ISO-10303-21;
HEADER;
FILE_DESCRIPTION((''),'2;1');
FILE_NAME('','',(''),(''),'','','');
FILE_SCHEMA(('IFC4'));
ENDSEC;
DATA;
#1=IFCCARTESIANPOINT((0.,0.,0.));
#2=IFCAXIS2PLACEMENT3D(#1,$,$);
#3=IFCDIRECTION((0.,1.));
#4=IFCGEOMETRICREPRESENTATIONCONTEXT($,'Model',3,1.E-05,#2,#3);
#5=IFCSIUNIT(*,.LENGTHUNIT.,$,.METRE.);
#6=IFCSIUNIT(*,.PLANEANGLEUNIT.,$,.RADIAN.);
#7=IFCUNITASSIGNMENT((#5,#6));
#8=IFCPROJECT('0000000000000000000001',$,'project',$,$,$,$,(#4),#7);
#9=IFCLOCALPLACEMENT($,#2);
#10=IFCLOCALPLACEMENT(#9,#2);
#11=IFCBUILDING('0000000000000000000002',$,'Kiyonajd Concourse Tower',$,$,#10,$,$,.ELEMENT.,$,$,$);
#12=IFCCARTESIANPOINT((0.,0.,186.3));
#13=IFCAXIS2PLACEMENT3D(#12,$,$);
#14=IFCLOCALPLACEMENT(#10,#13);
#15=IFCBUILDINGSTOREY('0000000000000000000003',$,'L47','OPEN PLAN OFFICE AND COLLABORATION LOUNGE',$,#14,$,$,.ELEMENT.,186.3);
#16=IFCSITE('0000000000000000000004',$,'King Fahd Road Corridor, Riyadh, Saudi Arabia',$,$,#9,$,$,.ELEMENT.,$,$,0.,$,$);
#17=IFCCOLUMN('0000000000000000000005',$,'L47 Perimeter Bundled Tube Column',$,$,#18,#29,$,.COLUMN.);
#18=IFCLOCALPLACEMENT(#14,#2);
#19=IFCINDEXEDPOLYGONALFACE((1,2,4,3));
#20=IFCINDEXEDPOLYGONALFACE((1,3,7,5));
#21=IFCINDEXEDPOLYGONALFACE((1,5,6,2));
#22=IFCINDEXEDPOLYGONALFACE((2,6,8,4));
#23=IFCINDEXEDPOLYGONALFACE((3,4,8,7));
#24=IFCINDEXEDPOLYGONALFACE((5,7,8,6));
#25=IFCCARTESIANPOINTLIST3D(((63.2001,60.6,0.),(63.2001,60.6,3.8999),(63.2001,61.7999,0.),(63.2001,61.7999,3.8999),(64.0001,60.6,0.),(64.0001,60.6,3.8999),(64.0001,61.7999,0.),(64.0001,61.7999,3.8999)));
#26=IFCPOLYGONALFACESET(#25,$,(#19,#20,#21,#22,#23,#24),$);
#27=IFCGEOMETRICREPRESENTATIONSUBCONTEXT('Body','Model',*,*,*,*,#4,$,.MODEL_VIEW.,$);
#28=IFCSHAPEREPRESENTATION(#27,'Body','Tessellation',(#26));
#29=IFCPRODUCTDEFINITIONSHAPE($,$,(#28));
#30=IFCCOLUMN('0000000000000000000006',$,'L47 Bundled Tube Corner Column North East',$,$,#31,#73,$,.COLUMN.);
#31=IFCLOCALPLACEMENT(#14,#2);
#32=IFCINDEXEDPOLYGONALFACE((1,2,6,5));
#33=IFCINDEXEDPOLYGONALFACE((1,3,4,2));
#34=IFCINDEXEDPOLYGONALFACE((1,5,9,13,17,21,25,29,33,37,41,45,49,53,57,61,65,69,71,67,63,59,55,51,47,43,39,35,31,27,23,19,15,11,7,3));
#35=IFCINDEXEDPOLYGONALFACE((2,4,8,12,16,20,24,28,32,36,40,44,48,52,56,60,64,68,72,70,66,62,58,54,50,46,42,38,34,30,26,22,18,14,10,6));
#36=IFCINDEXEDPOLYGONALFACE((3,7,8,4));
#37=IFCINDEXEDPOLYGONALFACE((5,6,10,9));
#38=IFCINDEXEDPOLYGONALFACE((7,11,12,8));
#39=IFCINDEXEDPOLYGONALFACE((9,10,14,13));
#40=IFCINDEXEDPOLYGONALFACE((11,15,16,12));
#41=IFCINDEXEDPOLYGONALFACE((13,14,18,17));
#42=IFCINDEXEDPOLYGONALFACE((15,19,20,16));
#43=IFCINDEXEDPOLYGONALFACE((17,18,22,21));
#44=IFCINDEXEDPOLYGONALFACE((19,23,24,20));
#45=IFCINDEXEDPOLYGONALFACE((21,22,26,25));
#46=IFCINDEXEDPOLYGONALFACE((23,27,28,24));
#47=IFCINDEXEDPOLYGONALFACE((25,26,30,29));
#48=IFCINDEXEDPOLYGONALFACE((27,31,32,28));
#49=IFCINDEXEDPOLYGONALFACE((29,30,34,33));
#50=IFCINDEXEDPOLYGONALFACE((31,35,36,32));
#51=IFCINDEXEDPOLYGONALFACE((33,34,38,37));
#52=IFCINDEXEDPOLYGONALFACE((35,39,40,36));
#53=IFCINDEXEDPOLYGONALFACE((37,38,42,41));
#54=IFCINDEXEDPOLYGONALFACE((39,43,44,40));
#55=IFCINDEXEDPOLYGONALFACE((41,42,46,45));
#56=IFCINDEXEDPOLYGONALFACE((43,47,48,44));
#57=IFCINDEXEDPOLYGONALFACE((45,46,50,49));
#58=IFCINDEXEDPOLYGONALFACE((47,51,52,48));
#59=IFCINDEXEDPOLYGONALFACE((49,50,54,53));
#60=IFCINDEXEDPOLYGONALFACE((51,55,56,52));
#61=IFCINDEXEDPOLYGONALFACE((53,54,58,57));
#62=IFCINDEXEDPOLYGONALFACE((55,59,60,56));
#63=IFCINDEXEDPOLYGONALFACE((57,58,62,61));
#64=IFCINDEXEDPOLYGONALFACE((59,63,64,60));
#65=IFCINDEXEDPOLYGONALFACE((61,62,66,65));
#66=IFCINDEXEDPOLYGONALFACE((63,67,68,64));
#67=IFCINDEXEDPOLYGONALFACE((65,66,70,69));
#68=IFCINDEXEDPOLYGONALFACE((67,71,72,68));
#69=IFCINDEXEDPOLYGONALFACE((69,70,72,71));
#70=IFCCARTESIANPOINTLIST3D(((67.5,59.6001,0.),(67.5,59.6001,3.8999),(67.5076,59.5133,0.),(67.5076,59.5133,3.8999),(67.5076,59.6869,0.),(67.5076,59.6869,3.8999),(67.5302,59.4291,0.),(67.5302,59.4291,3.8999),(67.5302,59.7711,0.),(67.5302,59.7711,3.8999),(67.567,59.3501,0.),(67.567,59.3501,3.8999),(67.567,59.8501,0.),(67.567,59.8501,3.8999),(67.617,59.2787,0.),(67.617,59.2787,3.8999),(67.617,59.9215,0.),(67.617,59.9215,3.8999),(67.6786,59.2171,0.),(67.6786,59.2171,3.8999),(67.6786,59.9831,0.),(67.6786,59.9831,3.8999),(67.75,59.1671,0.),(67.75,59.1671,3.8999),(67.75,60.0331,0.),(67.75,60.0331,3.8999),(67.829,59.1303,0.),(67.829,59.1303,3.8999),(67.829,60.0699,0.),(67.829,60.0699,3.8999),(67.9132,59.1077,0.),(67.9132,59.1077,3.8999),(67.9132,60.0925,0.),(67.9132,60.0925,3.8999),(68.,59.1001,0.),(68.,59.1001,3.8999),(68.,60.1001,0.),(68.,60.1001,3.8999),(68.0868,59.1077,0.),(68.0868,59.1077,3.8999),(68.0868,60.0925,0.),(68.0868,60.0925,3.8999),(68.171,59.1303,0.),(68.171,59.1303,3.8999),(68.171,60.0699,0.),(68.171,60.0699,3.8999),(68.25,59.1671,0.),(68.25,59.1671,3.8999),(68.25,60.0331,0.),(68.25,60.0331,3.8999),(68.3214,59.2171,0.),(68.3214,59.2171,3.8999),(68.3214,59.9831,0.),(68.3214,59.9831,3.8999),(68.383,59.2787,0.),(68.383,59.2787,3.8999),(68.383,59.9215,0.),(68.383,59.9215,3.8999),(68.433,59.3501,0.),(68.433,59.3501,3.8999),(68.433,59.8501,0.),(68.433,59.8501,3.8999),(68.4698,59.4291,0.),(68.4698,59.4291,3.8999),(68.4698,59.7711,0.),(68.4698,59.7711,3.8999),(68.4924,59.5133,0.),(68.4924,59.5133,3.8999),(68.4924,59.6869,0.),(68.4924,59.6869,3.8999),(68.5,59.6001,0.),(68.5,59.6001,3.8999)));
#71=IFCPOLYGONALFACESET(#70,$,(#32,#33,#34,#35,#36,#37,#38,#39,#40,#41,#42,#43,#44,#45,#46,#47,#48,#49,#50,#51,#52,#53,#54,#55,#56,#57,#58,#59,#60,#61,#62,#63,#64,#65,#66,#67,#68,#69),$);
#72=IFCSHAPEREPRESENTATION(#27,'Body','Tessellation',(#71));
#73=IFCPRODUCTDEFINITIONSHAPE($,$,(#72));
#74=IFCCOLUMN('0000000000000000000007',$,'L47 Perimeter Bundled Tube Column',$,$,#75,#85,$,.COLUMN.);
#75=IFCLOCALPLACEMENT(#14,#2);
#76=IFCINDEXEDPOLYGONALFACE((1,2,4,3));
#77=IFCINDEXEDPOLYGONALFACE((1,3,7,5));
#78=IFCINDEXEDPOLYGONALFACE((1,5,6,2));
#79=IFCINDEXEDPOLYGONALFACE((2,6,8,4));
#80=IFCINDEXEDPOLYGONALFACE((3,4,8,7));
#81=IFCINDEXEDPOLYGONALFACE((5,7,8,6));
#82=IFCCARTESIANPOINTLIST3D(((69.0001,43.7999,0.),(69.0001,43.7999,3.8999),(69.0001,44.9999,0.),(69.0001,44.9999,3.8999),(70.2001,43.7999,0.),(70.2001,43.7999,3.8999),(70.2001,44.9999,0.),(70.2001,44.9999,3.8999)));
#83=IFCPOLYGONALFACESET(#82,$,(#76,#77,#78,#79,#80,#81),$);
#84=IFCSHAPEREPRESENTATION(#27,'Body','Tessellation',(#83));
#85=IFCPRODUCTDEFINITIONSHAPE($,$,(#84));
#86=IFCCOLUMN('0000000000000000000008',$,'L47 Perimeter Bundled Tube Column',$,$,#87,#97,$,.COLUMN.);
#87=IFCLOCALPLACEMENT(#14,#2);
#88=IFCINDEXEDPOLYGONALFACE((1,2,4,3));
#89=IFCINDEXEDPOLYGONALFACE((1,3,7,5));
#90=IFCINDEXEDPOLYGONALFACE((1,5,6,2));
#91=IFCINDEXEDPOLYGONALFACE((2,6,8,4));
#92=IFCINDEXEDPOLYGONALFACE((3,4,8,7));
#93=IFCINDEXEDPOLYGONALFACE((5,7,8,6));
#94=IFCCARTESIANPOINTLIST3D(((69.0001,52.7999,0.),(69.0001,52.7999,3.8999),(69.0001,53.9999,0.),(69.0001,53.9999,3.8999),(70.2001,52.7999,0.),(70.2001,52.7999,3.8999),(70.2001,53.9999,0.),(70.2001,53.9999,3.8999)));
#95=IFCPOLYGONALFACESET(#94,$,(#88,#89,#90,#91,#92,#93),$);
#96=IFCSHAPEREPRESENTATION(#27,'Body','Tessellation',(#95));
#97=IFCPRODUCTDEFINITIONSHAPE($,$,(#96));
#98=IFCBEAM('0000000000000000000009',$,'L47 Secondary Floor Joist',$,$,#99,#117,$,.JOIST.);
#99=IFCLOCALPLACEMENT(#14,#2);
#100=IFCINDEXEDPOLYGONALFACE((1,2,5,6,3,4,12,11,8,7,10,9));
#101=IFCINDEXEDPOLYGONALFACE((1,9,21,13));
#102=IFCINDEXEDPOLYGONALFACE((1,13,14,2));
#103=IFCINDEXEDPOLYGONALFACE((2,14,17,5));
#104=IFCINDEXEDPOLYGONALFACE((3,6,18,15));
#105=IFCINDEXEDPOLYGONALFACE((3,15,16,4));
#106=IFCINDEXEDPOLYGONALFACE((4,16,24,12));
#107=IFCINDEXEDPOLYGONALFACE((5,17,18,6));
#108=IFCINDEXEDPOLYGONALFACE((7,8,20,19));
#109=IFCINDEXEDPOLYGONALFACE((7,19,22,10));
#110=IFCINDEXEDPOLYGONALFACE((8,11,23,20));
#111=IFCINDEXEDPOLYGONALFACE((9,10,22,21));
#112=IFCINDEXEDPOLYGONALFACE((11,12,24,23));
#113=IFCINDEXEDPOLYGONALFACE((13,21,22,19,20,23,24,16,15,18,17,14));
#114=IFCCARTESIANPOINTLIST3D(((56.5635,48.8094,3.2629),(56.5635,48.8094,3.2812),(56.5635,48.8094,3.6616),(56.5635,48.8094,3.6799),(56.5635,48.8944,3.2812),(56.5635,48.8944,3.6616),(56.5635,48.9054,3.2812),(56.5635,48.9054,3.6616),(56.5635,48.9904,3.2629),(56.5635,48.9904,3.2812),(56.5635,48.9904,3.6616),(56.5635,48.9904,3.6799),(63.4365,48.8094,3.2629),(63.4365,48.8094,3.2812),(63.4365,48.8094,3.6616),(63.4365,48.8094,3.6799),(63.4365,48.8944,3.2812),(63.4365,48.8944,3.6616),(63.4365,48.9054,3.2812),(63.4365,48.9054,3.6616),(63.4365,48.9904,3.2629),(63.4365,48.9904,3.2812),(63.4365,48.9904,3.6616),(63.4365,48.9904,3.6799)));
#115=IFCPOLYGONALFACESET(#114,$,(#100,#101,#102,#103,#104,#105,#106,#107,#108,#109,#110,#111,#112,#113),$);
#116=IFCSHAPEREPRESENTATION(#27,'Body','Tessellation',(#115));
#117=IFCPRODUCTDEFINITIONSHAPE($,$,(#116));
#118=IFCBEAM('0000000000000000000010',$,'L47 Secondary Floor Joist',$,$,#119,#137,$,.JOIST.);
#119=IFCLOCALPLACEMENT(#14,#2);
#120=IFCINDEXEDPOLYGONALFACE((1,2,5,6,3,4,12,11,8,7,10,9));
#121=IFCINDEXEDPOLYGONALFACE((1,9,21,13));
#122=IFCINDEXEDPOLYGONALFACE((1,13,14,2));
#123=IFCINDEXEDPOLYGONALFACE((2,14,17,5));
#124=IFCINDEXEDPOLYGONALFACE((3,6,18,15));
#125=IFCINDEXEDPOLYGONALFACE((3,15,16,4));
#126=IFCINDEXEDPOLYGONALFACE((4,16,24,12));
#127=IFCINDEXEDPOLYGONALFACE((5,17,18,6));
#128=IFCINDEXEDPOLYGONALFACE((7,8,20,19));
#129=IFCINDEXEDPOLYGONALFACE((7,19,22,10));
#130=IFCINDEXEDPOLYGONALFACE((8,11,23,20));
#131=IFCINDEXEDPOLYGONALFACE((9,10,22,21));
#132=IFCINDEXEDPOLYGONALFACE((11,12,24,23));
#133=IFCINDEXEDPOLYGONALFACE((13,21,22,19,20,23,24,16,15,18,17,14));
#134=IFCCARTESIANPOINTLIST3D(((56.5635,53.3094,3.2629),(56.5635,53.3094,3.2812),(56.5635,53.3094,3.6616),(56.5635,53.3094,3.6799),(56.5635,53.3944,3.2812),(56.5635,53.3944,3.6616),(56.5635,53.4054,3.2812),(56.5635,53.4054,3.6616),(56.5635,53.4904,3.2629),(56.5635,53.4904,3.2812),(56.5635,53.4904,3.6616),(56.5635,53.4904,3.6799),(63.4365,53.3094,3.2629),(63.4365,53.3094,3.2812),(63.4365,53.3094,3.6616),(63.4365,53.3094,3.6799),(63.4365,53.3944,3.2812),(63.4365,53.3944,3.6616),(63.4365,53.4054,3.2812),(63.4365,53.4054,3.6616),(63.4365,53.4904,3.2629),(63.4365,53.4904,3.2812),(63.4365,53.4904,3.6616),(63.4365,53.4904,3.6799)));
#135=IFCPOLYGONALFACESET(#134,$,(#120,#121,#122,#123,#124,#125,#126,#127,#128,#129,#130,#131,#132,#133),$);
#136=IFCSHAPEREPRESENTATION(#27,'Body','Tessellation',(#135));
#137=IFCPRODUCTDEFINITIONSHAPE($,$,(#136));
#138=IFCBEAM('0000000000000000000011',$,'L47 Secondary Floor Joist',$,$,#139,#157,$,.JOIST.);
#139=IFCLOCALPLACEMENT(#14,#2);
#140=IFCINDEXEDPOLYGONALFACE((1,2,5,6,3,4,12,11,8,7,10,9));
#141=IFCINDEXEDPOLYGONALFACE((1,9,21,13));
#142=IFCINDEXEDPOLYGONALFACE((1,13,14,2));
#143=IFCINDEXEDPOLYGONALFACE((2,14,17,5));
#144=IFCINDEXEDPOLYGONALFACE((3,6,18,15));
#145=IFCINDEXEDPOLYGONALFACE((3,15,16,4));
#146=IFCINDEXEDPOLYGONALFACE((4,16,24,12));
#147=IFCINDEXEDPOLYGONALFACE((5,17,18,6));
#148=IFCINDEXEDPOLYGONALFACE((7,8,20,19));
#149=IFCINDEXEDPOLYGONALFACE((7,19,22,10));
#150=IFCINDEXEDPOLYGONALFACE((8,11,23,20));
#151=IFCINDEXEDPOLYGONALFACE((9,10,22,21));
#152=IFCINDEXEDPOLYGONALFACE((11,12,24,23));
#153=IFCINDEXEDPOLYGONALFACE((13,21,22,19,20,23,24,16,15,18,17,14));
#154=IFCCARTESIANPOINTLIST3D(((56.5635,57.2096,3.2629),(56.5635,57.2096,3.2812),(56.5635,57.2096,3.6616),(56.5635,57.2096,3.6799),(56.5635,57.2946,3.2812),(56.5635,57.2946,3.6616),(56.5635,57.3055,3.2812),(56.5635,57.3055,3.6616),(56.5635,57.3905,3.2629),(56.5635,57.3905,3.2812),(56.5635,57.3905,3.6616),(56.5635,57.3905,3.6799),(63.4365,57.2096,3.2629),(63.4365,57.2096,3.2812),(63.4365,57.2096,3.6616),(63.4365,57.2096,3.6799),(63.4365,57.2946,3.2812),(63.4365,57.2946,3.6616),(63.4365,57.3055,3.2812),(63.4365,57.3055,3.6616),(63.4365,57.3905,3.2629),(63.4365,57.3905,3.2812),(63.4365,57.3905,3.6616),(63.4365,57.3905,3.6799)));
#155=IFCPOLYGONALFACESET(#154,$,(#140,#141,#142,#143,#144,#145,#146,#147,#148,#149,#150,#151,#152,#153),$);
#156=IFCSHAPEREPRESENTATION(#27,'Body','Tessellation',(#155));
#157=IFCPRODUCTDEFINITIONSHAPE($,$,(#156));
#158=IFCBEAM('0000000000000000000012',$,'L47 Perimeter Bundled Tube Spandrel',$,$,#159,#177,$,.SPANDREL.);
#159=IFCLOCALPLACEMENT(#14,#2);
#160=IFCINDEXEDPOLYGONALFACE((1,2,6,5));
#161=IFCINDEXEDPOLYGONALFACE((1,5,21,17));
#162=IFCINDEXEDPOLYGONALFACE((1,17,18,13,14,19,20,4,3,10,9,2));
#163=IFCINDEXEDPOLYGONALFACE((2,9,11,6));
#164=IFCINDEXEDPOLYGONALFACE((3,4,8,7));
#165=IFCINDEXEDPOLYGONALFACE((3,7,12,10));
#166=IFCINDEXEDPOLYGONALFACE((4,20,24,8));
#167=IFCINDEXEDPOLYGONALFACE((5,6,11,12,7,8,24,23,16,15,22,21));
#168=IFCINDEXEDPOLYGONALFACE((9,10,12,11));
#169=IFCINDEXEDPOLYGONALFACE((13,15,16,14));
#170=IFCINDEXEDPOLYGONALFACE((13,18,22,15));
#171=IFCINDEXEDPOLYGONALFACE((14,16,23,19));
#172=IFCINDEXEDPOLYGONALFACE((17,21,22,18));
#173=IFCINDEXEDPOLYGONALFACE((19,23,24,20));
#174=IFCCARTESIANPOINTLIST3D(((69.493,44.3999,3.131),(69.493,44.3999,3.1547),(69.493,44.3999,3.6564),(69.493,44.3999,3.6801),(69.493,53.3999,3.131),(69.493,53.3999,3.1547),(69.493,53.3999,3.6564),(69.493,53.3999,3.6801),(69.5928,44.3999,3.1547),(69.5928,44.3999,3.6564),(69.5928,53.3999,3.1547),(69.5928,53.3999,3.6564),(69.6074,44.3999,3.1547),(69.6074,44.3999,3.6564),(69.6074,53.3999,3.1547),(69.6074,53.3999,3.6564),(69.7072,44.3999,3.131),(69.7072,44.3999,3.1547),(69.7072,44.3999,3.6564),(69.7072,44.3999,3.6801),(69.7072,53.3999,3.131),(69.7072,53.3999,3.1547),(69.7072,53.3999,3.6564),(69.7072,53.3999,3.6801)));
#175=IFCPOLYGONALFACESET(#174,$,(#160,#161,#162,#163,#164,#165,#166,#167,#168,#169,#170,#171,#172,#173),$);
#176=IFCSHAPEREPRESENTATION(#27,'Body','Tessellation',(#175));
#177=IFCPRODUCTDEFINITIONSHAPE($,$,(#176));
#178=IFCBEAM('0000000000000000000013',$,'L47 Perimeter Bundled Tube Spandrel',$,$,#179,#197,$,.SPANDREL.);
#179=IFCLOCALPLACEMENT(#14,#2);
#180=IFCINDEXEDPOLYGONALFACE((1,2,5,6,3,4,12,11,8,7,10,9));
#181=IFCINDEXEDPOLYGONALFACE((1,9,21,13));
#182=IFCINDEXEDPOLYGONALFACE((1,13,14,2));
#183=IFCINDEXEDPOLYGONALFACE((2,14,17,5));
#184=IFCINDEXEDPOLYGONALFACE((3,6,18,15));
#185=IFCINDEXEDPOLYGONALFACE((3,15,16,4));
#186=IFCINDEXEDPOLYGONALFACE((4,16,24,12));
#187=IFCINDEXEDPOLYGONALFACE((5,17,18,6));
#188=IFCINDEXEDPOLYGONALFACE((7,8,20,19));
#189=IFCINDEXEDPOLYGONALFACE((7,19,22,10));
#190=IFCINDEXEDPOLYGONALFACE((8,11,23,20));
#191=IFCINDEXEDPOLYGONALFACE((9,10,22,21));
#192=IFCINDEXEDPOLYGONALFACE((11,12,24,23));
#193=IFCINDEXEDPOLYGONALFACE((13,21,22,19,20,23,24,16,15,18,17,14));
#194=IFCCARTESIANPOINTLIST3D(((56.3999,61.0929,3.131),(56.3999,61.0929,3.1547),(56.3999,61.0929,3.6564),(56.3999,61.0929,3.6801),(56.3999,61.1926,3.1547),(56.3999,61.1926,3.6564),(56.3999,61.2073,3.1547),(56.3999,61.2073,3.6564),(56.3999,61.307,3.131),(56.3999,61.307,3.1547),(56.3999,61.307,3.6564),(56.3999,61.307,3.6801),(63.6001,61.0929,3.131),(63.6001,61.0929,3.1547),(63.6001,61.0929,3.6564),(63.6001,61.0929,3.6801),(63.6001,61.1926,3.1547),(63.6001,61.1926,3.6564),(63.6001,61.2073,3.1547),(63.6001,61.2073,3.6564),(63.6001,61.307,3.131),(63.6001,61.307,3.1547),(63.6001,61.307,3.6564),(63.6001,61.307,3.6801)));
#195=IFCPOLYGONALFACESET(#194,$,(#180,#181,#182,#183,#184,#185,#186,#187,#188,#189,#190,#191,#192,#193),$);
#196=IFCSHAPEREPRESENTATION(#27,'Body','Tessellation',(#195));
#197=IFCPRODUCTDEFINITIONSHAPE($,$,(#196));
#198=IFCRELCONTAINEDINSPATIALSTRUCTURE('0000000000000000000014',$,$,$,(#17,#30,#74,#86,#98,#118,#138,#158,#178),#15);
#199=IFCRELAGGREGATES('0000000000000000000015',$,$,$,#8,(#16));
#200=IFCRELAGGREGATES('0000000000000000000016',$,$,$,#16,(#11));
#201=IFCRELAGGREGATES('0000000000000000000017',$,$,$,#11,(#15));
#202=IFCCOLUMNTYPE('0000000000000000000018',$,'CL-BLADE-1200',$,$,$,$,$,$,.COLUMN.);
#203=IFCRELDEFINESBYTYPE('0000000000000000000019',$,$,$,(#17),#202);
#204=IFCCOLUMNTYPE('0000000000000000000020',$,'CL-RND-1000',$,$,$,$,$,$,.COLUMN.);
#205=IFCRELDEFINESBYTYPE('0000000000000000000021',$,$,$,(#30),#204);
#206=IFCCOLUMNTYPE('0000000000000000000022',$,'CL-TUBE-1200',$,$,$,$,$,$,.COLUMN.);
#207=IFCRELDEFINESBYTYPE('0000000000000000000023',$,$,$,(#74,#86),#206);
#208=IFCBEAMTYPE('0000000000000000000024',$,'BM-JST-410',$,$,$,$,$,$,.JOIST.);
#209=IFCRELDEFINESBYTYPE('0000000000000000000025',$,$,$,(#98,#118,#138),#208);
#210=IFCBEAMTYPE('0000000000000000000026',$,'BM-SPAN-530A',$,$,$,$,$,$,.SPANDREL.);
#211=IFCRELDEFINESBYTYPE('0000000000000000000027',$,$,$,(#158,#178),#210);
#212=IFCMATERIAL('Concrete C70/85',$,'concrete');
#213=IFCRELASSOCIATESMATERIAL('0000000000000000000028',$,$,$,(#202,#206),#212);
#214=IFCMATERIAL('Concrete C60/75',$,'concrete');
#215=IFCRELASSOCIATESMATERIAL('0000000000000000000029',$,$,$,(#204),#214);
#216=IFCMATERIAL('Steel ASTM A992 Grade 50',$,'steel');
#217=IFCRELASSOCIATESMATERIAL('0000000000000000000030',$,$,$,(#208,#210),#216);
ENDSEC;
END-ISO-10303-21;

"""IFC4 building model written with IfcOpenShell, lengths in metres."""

from ifc_helpers import new_model, si_unit, direction, frame, origin, origin_2d, place, context, subcontext, project, spatial, rectangle, circle, i_section, extrude, material, material_profile, profile_set, type_object, element, save


model = new_model("IFC4")

# Units and contexts
model_context = context("Model", 3, precision=1e-05, world=origin(), true_north=direction((0.0, 1.0)))
body_context = subcontext(model_context, "Body", "Model", "MODEL_VIEW")
ifc_project = project(units=[si_unit("LENGTHUNIT", "METRE"), si_unit("PLANEANGLEUNIT", "RADIAN")], contexts=[model_context])

# Site, building, storey
site_placement = place(None, origin())
site = spatial("IfcSite", under=ifc_project, at=site_placement, Name="King Fahd Road Corridor, Riyadh, Saudi Arabia", CompositionType="ELEMENT", RefElevation=0.0)
building_placement = place(site_placement, origin())
building = spatial("IfcBuilding", under=site, at=building_placement, Name="Kiyonajd Concourse Tower", CompositionType="ELEMENT")
storey_placement = place(building_placement, frame((0.0, 0.0, 186.3)))
storey = spatial("IfcBuildingStorey", under=building, at=storey_placement, Name="L47", Description="OPEN PLAN OFFICE AND COLLABORATION LOUNGE", CompositionType="ELEMENT", Elevation=186.3)

# Columns
ifc_material_1 = material(Name="Concrete C70/85", Category="concrete")
ifc_material_profile_1 = material_profile(ifc_material_1, rectangle(XDim=0.8, YDim=1.2, at=origin_2d()), Name="RC-1200x800")
ifc_profile_set_1 = profile_set([ifc_material_profile_1], Name="Concrete C70/85")
column_type_1 = type_object("IfcColumnType", Name="CL-BLADE-1200", PredefinedType="COLUMN", material=ifc_profile_set_1)
column_1_placement = place(storey_placement, frame((63.6001, 61.2, 0.0), z_axis=(0.0, 0.0, 1.0), x_axis=(1.0, 0.0, 0.0)))
element("IfcColumn", 1, at=column_1_placement, inside=storey, type_object=column_type_1, Name="L47 Perimeter Bundled Tube Column", PredefinedType="COLUMN", context=body_context, shape_type="SweptSolid", body=[
    extrude(rectangle(XDim=0.8, YDim=1.2, at=origin_2d()), origin(), (0.0, 0.0, 1.0), 3.8999),
])
ifc_material_2 = material(Name="Concrete C60/75", Category="concrete")
ifc_material_profile_2 = material_profile(ifc_material_2, circle(Radius=0.5, at=origin_2d()), Name="RCC-D1000")
ifc_profile_set_2 = profile_set([ifc_material_profile_2], Name="Concrete C60/75")
column_type_2 = type_object("IfcColumnType", Name="CL-RND-1000", PredefinedType="COLUMN", material=ifc_profile_set_2)
column_2_placement = place(storey_placement, frame((68.0, 59.6001, 0.0), z_axis=(0.0, 0.0, 1.0), x_axis=(1.0, 0.0, 0.0)))
element("IfcColumn", 2, at=column_2_placement, inside=storey, type_object=column_type_2, Name="L47 Bundled Tube Corner Column North East", PredefinedType="COLUMN", context=body_context, shape_type="SweptSolid", body=[
    extrude(circle(Radius=0.5, at=origin_2d()), origin(), (0.0, 0.0, 1.0), 3.8999),
])
ifc_material_profile_3 = material_profile(ifc_material_1, rectangle(XDim=1.2, YDim=1.2, at=origin_2d()), Name="RC-1200x1200")
ifc_profile_set_3 = profile_set([ifc_material_profile_3], Name="Concrete C70/85")
column_type_3 = type_object("IfcColumnType", Name="CL-TUBE-1200", PredefinedType="COLUMN", material=ifc_profile_set_3)
for number, where, z_axis, x_axis, name in (
    (3, (69.6001, 44.3999, 0.0), (0.0, 0.0, 1.0), (1.0, 0.0, 0.0), "L47 Perimeter Bundled Tube Column"),
    (4, (69.6001, 53.3999, 0.0), (0.0, 0.0, 1.0), (1.0, 0.0, 0.0), "L47 Perimeter Bundled Tube Column"),
):
    element("IfcColumn", number, at=place(storey_placement, frame(where, z_axis=z_axis, x_axis=x_axis)), inside=storey, type_object=column_type_3, Name=name, PredefinedType="COLUMN", context=body_context, shape_type="SweptSolid", body=[
        extrude(rectangle(XDim=1.2, YDim=1.2, at=origin_2d()), origin(), (0.0, 0.0, 1.0), 3.8999),
    ])

# Beams
ifc_material_3 = material(Name="Steel ASTM A992 Grade 50", Category="steel")
ifc_material_profile_4 = material_profile(ifc_material_3, i_section(OverallWidth=0.1809, OverallDepth=0.417, WebThickness=0.011, FlangeThickness=0.0183, at=origin_2d()), Name="W410X85")
ifc_profile_set_4 = profile_set([ifc_material_profile_4], Name="Steel ASTM A992 Grade 50")
beam_type_1 = type_object("IfcBeamType", Name="BM-JST-410", PredefinedType="JOIST", material=ifc_profile_set_4)
for number, where, z_axis, x_axis, name in (
    (5, (56.5635, 48.8999, 3.4714), (1.0, 0.0, 0.0), (0.0, 1.0, 0.0), "L47 Secondary Floor Joist"),
    (6, (56.5635, 53.3999, 3.4714), (1.0, 0.0, 0.0), (0.0, 1.0, 0.0), "L47 Secondary Floor Joist"),
    (7, (56.5635, 57.3, 3.4714), (1.0, 0.0, 0.0), (0.0, 1.0, 0.0), "L47 Secondary Floor Joist"),
):
    element("IfcBeam", number, at=place(storey_placement, frame(where, z_axis=z_axis, x_axis=x_axis)), inside=storey, type_object=beam_type_1, Name=name, PredefinedType="JOIST", context=body_context, shape_type="SweptSolid", body=[
        extrude(i_section(OverallWidth=0.1809, OverallDepth=0.417, WebThickness=0.011, FlangeThickness=0.0183, at=origin_2d()), origin(), (0.0, 0.0, 1.0), 6.873),
    ])
ifc_material_profile_5 = material_profile(ifc_material_3, i_section(OverallWidth=0.2141, OverallDepth=0.5491, WebThickness=0.0146, FlangeThickness=0.0237, at=origin_2d()), Name="W530X138")
ifc_profile_set_5 = profile_set([ifc_material_profile_5], Name="Steel ASTM A992 Grade 50")
beam_type_2 = type_object("IfcBeamType", Name="BM-SPAN-530A", PredefinedType="SPANDREL", material=ifc_profile_set_5)
beam_1_placement = place(storey_placement, frame((69.6001, 44.3999, 3.4055), z_axis=(0.0, 1.0, 0.0), x_axis=(-1.0, 0.0, 0.0)))
element("IfcBeam", 8, at=beam_1_placement, inside=storey, type_object=beam_type_2, Name="L47 Perimeter Bundled Tube Spandrel", PredefinedType="SPANDREL", context=body_context, shape_type="SweptSolid", body=[
    extrude(i_section(OverallWidth=0.2141, OverallDepth=0.5491, WebThickness=0.0146, FlangeThickness=0.0237, at=origin_2d()), origin(), (0.0, 0.0, 1.0), 9.0),
])
beam_2_placement = place(storey_placement, frame((63.6001, 61.2, 3.4055), z_axis=(-1.0, 0.0, 0.0), x_axis=(0.0, -1.0, 0.0)))
element("IfcBeam", 9, at=beam_2_placement, inside=storey, type_object=beam_type_2, Name="L47 Perimeter Bundled Tube Spandrel", PredefinedType="SPANDREL", context=body_context, shape_type="SweptSolid", body=[
    extrude(i_section(OverallWidth=0.2141, OverallDepth=0.5491, WebThickness=0.0146, FlangeThickness=0.0237, at=origin_2d()), origin(), (0.0, 0.0, 1.0), 7.2002),
])

save(model, "model.ifc")
